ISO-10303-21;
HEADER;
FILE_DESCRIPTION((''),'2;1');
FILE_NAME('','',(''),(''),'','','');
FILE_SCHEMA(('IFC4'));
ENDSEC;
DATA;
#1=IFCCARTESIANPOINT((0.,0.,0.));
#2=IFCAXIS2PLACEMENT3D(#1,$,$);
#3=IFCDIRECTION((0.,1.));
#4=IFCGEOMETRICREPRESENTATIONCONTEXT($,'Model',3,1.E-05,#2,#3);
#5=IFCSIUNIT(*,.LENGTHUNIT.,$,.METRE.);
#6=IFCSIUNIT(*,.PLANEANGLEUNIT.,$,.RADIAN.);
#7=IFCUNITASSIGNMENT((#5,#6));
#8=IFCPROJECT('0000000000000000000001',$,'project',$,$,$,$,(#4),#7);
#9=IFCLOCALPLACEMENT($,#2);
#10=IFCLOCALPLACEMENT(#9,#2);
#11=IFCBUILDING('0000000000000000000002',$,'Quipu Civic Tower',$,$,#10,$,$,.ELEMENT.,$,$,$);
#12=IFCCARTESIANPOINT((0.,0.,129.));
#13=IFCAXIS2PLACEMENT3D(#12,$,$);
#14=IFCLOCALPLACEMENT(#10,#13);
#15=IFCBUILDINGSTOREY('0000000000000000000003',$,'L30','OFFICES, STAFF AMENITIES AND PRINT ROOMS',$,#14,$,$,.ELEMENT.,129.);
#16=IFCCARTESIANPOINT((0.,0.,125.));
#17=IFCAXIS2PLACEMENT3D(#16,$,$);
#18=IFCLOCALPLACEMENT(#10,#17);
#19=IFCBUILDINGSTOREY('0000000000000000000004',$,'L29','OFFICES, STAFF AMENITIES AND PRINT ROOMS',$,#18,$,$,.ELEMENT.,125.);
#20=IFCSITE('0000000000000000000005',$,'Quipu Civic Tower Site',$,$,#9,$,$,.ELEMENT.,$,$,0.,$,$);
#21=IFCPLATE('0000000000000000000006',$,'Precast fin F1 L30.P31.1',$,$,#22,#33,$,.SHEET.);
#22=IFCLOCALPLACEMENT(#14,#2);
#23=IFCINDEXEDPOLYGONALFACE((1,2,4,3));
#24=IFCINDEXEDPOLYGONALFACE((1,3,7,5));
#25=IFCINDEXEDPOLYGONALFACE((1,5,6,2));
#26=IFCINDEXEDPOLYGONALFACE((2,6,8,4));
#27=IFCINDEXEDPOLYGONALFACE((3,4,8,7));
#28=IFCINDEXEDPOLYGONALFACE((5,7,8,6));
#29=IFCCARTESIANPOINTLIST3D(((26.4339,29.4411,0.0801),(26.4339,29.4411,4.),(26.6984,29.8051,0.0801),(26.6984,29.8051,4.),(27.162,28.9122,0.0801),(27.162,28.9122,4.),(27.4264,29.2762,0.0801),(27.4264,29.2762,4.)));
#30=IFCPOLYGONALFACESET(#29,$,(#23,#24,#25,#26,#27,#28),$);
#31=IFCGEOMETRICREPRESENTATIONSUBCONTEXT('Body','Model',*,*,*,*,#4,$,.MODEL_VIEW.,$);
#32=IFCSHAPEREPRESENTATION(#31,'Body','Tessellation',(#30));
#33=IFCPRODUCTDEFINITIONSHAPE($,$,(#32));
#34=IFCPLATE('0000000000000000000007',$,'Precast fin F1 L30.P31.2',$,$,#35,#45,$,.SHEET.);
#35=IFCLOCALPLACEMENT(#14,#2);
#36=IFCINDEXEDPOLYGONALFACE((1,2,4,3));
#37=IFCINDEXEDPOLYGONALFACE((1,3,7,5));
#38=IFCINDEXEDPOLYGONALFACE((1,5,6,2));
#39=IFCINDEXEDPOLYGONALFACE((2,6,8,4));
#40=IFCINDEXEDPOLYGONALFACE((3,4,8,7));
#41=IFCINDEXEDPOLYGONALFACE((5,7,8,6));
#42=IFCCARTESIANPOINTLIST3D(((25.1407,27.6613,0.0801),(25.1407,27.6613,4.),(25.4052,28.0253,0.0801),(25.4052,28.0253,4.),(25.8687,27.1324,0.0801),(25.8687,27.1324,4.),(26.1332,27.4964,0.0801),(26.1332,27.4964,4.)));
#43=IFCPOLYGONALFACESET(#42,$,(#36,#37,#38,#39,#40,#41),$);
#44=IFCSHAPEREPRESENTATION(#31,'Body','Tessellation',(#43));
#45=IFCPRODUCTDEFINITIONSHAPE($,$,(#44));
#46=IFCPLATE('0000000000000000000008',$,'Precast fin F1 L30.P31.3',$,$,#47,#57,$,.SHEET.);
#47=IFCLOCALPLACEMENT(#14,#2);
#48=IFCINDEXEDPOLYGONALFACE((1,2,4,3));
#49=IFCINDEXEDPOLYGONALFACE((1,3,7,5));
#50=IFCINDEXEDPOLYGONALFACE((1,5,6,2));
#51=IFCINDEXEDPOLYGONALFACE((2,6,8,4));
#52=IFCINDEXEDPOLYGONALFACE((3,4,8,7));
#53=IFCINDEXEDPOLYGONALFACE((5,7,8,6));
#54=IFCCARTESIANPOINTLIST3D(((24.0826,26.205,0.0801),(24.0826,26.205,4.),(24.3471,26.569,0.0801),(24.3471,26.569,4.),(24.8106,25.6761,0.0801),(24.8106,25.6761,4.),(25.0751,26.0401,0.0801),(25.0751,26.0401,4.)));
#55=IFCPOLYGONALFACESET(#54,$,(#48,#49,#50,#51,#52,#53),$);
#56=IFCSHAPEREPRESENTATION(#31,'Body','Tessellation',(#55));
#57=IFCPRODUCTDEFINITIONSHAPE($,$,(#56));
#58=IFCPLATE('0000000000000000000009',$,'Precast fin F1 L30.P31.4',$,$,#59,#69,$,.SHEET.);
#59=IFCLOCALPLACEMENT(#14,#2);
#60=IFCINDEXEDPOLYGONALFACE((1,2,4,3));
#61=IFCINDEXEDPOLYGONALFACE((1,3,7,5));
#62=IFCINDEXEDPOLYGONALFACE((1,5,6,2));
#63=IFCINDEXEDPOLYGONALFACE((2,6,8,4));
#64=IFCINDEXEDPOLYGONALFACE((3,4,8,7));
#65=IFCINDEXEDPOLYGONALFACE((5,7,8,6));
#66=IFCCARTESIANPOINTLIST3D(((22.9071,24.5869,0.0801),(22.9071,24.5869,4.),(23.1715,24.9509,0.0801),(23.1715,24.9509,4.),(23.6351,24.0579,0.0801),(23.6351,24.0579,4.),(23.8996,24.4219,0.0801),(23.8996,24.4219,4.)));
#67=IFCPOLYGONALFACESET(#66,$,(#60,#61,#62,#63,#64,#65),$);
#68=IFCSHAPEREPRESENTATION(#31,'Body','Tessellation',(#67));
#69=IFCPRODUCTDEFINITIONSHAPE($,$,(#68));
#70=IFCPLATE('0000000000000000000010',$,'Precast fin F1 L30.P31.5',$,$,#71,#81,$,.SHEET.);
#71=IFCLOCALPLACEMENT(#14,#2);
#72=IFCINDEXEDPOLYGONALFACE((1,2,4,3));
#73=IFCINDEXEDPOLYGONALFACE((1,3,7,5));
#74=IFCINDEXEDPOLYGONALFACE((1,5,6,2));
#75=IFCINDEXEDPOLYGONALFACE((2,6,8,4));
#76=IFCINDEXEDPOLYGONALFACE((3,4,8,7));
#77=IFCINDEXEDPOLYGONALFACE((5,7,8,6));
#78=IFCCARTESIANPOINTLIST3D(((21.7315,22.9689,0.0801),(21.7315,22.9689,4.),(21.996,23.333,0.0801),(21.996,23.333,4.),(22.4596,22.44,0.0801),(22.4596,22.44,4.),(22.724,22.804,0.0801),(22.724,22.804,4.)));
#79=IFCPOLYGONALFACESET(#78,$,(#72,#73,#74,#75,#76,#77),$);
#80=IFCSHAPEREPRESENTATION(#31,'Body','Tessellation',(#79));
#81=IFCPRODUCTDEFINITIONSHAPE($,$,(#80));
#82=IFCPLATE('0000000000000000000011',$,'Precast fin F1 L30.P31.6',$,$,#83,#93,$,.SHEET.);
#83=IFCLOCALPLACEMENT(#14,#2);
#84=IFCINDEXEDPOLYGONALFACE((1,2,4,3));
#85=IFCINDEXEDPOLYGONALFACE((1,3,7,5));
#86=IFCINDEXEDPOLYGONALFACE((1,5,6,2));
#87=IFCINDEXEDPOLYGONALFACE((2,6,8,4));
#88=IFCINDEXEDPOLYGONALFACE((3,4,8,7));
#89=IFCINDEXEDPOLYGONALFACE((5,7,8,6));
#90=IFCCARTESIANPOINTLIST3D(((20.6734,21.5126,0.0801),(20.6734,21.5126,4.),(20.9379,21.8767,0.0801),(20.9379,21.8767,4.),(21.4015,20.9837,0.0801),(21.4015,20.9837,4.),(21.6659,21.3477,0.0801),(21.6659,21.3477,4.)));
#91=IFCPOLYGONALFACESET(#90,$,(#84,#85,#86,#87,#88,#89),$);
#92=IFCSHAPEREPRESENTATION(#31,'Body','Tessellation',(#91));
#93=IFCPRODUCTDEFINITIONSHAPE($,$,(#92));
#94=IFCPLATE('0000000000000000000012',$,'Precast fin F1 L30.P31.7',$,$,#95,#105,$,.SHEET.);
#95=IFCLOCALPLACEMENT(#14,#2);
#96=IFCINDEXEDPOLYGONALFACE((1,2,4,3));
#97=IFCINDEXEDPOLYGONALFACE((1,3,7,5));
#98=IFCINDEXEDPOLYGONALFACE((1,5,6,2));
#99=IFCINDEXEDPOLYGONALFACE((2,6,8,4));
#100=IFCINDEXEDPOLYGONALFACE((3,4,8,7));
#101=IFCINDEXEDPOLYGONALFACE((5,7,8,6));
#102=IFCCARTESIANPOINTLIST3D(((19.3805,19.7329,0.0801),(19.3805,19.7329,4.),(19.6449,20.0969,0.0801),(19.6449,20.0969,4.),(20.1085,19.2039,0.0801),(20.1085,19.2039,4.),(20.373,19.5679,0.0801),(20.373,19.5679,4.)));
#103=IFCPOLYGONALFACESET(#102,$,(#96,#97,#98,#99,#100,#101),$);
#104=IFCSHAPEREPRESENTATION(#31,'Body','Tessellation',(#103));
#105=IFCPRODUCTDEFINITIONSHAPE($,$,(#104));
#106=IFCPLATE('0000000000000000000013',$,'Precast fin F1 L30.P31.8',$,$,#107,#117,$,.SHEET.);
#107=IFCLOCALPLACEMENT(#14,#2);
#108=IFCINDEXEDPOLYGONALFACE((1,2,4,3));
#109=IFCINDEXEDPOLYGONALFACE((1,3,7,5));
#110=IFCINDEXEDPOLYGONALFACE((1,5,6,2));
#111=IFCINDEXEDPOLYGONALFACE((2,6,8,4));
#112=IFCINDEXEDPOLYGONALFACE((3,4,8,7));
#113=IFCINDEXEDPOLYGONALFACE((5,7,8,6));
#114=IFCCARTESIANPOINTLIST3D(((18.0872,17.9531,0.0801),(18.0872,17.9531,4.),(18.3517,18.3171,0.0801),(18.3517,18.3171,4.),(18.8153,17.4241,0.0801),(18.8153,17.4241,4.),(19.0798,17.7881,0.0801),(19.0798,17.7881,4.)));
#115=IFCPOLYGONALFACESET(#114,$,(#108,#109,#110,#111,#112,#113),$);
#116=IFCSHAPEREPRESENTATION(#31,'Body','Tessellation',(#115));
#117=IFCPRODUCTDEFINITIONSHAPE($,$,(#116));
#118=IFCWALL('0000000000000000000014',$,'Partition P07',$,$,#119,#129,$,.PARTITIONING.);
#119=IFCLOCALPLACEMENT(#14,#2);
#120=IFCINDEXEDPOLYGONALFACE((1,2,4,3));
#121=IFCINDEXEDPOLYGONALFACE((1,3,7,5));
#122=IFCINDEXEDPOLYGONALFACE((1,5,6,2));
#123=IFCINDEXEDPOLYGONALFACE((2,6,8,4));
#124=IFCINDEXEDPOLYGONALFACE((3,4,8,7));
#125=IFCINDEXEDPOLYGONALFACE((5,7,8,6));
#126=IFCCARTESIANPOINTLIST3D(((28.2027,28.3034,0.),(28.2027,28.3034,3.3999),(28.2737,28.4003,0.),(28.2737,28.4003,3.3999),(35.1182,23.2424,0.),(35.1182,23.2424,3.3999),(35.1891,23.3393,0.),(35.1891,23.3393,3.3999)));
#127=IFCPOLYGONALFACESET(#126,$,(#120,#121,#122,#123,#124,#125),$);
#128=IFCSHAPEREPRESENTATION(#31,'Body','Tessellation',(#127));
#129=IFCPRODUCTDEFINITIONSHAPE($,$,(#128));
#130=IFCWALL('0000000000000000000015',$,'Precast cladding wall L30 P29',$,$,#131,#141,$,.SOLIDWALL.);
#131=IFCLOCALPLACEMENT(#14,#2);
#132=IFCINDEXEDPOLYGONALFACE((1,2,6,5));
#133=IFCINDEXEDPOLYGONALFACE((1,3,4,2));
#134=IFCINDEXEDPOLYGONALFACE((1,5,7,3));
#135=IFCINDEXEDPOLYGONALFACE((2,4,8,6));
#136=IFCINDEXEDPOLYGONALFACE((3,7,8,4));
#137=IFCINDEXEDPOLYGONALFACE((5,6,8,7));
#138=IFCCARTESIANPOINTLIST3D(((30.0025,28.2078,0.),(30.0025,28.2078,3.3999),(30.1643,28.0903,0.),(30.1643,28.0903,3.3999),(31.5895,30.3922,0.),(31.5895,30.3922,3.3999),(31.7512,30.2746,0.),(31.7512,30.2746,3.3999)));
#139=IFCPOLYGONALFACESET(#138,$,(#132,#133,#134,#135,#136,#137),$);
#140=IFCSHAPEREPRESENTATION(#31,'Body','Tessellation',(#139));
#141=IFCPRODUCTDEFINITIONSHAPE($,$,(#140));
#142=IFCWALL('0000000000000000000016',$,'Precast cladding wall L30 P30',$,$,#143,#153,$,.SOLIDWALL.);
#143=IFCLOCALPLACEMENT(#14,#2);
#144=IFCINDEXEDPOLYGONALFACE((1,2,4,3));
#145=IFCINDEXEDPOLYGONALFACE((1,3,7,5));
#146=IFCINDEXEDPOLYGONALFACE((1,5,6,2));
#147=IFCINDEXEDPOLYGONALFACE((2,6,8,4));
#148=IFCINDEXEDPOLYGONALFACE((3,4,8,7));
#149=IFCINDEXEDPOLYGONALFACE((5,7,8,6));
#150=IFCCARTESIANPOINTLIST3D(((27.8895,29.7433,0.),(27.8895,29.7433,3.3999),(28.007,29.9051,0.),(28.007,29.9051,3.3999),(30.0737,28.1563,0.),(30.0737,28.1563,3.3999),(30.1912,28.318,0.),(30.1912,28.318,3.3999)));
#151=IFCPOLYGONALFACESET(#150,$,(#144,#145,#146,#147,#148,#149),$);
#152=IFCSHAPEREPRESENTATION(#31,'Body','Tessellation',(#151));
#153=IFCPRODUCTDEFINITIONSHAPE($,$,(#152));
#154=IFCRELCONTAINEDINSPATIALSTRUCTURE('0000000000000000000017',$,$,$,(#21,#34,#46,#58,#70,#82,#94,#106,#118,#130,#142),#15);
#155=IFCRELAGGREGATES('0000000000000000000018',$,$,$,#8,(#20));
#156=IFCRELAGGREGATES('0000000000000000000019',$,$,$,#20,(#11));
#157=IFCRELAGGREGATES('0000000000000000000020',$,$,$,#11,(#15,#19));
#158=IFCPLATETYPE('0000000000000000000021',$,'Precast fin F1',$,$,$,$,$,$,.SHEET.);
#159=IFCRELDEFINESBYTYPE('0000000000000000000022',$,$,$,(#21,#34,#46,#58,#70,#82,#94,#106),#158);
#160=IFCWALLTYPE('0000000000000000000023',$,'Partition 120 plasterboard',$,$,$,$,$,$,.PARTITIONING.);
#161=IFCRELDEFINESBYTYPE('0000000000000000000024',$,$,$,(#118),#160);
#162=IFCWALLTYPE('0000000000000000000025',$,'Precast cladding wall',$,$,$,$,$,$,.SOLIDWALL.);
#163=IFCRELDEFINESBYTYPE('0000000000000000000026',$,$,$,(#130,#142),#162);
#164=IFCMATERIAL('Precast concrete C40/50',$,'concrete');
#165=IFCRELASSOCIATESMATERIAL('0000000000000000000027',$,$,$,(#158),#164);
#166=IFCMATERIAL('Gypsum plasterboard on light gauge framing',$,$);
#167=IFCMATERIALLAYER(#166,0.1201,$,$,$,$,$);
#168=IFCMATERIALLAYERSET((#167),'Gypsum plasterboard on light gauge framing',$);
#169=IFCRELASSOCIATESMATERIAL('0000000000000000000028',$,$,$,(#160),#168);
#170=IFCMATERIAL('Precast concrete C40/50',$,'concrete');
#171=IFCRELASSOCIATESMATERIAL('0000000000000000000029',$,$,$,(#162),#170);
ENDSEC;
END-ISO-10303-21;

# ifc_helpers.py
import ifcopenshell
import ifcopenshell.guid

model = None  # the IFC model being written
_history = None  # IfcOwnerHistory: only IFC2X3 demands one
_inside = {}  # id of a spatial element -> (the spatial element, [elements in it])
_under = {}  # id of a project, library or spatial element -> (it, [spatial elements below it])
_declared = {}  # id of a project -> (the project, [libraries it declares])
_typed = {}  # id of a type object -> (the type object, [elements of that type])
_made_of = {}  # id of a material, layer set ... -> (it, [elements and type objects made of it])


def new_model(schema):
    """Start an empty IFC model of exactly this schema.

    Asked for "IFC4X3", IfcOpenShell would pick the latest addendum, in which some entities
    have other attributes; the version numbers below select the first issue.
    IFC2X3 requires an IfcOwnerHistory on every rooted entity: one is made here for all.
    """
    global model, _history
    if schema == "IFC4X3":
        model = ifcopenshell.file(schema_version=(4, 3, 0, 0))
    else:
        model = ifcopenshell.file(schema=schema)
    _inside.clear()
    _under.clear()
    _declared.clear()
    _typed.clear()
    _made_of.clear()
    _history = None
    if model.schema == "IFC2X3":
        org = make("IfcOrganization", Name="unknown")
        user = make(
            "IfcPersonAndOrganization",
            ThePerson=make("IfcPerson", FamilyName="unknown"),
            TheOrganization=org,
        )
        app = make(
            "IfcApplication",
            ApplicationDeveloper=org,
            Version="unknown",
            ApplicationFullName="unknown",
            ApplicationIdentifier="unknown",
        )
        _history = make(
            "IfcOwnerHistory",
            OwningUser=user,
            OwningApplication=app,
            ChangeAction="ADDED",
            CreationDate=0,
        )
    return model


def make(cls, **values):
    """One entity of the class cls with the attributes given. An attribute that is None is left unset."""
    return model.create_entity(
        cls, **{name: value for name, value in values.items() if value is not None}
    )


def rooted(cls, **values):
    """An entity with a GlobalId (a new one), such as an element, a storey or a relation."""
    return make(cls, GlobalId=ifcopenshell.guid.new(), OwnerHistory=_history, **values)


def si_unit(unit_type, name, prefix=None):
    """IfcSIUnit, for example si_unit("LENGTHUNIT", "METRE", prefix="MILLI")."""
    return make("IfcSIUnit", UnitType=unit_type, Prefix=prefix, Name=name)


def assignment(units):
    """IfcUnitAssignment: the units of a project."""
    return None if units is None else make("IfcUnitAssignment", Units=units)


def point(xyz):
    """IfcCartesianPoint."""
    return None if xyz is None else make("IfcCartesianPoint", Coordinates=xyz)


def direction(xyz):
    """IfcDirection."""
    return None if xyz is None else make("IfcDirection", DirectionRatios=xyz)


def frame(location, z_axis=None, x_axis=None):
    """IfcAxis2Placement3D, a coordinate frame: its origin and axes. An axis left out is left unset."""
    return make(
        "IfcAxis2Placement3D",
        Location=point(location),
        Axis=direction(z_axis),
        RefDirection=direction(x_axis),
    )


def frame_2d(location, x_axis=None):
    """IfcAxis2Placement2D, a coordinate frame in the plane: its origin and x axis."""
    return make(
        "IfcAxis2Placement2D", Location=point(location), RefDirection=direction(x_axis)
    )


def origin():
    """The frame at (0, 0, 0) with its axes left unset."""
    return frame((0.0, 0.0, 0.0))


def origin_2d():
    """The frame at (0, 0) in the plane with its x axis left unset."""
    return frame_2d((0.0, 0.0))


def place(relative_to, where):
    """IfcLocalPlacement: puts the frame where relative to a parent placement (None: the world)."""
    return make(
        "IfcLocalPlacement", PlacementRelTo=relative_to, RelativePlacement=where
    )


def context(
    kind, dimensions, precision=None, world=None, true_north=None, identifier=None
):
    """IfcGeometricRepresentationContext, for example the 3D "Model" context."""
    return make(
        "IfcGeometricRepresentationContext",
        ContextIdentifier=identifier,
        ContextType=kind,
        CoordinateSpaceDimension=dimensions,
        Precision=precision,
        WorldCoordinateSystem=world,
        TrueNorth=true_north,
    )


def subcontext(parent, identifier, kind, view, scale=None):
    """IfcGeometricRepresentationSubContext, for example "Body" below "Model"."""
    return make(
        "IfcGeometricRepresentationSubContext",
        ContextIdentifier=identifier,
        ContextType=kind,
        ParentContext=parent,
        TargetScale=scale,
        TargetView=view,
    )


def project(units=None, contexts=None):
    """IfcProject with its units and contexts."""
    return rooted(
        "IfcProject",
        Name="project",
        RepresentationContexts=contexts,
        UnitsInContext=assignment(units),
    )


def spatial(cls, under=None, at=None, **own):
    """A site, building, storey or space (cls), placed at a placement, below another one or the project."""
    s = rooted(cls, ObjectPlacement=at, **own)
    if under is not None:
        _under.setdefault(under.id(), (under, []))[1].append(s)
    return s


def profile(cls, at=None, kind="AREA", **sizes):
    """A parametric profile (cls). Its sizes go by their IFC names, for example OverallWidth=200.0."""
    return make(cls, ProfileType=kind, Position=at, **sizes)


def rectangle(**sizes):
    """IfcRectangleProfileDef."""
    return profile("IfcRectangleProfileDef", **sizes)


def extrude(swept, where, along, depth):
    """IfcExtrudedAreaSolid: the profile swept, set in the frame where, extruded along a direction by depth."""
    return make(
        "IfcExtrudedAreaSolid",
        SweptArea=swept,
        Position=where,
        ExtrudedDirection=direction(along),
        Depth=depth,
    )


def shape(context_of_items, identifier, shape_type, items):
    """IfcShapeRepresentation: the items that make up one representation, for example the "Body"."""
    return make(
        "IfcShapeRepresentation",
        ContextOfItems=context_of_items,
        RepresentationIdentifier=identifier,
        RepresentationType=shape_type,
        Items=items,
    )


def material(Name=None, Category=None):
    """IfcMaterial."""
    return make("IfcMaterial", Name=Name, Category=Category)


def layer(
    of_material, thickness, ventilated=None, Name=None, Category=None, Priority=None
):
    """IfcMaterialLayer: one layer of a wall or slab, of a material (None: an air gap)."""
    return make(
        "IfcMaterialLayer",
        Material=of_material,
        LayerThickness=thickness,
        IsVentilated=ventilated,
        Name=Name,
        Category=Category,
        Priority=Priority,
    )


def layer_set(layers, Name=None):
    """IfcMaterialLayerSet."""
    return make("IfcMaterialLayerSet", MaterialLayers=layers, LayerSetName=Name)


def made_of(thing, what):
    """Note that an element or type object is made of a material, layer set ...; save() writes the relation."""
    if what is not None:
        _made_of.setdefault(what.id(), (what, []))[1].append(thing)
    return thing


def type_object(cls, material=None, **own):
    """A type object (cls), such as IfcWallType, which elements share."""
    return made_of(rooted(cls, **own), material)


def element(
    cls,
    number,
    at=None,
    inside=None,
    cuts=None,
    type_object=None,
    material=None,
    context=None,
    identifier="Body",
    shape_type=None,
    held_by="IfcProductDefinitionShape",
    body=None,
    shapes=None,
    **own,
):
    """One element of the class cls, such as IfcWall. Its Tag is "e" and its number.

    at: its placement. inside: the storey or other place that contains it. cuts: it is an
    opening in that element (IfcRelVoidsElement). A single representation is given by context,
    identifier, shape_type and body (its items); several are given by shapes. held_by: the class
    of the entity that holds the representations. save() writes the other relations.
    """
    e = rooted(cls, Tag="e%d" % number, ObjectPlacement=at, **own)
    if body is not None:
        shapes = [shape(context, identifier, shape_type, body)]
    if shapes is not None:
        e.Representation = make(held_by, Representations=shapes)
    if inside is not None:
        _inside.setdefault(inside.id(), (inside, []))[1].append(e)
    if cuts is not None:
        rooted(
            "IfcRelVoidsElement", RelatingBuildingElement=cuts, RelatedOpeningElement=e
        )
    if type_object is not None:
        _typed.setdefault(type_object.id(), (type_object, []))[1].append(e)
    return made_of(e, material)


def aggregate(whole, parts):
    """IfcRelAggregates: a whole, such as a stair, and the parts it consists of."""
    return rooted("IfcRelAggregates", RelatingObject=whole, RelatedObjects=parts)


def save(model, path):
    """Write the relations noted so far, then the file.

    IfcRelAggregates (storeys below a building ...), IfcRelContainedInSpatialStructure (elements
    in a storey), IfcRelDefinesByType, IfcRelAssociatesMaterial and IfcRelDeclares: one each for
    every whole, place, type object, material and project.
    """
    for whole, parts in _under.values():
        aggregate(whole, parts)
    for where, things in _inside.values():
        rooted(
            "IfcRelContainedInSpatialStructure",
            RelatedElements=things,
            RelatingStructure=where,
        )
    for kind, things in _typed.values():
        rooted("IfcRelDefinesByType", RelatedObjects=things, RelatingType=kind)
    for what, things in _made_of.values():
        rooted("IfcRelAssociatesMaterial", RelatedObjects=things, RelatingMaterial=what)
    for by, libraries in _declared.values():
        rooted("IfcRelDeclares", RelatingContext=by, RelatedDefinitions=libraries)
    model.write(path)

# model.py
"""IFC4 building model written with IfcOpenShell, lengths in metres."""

from ifc_helpers import new_model, si_unit, direction, frame, frame_2d, origin, origin_2d, place, context, subcontext, project, spatial, rectangle, extrude, material, layer, layer_set, type_object, element, save


model = new_model("IFC4")

# Units and contexts
model_context = context("Model", 3, precision=1e-05, world=origin(), true_north=direction((0.0, 1.0)))
body_context = subcontext(model_context, "Body", "Model", "MODEL_VIEW")
ifc_project = project(units=[si_unit("LENGTHUNIT", "METRE"), si_unit("PLANEANGLEUNIT", "RADIAN")], contexts=[model_context])

# Site, building, storey
site_placement = place(None, origin())
site = spatial("IfcSite", under=ifc_project, at=site_placement, Name="Quipu Civic Tower Site", CompositionType="ELEMENT", RefElevation=0.0)
building_placement = place(site_placement, origin())
building = spatial("IfcBuilding", under=site, at=building_placement, Name="Quipu Civic Tower", CompositionType="ELEMENT")
storey_1_placement = place(building_placement, frame((0.0, 0.0, 129.0)))
storey_1 = spatial("IfcBuildingStorey", under=building, at=storey_1_placement, Name="L30", Description="OFFICES, STAFF AMENITIES AND PRINT ROOMS", CompositionType="ELEMENT", Elevation=129.0)

# Shared definitions
storey_2_placement = place(building_placement, frame((0.0, 0.0, 125.0)))
storey_2 = spatial("IfcBuildingStorey", under=building, at=storey_2_placement, Name="L29", Description="OFFICES, STAFF AMENITIES AND PRINT ROOMS", CompositionType="ELEMENT", Elevation=125.0)

# Plates
ifc_material_1 = material(Name="Precast concrete C40/50", Category="concrete")
plate_type_1 = type_object("IfcPlateType", Name="Precast fin F1", PredefinedType="SHEET", material=ifc_material_1)
for number, where, z_axis, x_axis, name in (
    (1, (26.9302, 29.3586, 0.0801), (0.0, 0.0, 1.0), (-0.587787, -0.809016, 0.0), "Precast fin F1 L30.P31.1"),
    (2, (25.637, 27.5789, 0.0801), (0.0, 0.0, 1.0), (-0.587787, -0.809016, 0.0), "Precast fin F1 L30.P31.2"),
    (3, (24.5789, 26.1226, 0.0801), (0.0, 0.0, 1.0), (-0.587787, -0.809016, 0.0), "Precast fin F1 L30.P31.3"),
    (4, (23.4033, 24.5044, 0.0801), (0.0, 0.0, 1.0), (-0.587787, -0.809016, 0.0), "Precast fin F1 L30.P31.4"),
    (5, (22.2278, 22.8865, 0.0801), (0.0, 0.0, 1.0), (-0.587787, -0.809016, 0.0), "Precast fin F1 L30.P31.5"),
    (6, (21.1697, 21.4302, 0.0801), (0.0, 0.0, 1.0), (-0.587787, -0.809016, 0.0), "Precast fin F1 L30.P31.6"),
    (7, (19.8767, 19.6504, 0.0801), (0.0, 0.0, 1.0), (-0.587787, -0.809016, 0.0), "Precast fin F1 L30.P31.7"),
    (8, (18.5835, 17.8706, 0.0801), (0.0, 0.0, 1.0), (-0.587787, -0.809016, 0.0), "Precast fin F1 L30.P31.8"),
):
    element("IfcPlate", number, at=place(storey_1_placement, frame(where, z_axis=z_axis, x_axis=x_axis)), inside=storey_1, type_object=plate_type_1, Name=name, PredefinedType="SHEET", context=body_context, shape_type="SweptSolid", body=[
        extrude(rectangle(XDim=0.45, YDim=0.8999, at=origin_2d()), origin(), (0.0, 0.0, 1.0), 3.9199),
    ])

# Walls
ifc_material_2 = material(Name="Gypsum plasterboard on light gauge framing")
ifc_layer_1 = layer(ifc_material_2, 0.1201)
ifc_layer_set_1 = layer_set([ifc_layer_1], Name="Gypsum plasterboard on light gauge framing")
wall_type_1 = type_object("IfcWallType", Name="Partition 120 plasterboard", PredefinedType="PARTITIONING", material=ifc_layer_set_1)
wall_placement = place(storey_1_placement, frame((28.2383, 28.3518, 0.0), z_axis=(0.0, 0.0, 1.0), x_axis=(0.806981, -0.590578, 0.0)))
element("IfcWall", 9, at=wall_placement, inside=storey_1, type_object=wall_type_1, Name="Partition P07", PredefinedType="PARTITIONING", context=body_context, shape_type="SweptSolid", body=[
    extrude(rectangle(XDim=8.5696, YDim=0.1201, at=frame_2d((4.2847, 0.0))), origin(), (0.0, 0.0, 1.0), 3.3999),
])
ifc_material_3 = material(Name="Precast concrete C40/50", Category="concrete")
wall_type_2 = type_object("IfcWallType", Name="Precast cladding wall", PredefinedType="SOLIDWALL", material=ifc_material_3)
for number, where, z_axis, x_axis, name in (
    (10, (31.6704, 30.3335, 0.0), (0.0, 0.0, 1.0), (-0.587763, -0.809033, 0.0), "Precast cladding wall L30 P29"),
    (11, (30.1326, 28.2371, 0.0), (0.0, 0.0, 1.0), (-0.80899, 0.587822, 0.0), "Precast cladding wall L30 P30"),
):
    element("IfcWall", number, at=place(storey_1_placement, frame(where, z_axis=z_axis, x_axis=x_axis)), inside=storey_1, type_object=wall_type_2, Name=name, PredefinedType="SOLIDWALL", context=body_context, shape_type="SweptSolid", body=[
        extrude(rectangle(XDim=2.7, YDim=0.2, at=frame_2d((1.3501, 0.0))), origin(), (0.0, 0.0, 1.0), 3.3999),
    ])

save(model, "model.ifc")
